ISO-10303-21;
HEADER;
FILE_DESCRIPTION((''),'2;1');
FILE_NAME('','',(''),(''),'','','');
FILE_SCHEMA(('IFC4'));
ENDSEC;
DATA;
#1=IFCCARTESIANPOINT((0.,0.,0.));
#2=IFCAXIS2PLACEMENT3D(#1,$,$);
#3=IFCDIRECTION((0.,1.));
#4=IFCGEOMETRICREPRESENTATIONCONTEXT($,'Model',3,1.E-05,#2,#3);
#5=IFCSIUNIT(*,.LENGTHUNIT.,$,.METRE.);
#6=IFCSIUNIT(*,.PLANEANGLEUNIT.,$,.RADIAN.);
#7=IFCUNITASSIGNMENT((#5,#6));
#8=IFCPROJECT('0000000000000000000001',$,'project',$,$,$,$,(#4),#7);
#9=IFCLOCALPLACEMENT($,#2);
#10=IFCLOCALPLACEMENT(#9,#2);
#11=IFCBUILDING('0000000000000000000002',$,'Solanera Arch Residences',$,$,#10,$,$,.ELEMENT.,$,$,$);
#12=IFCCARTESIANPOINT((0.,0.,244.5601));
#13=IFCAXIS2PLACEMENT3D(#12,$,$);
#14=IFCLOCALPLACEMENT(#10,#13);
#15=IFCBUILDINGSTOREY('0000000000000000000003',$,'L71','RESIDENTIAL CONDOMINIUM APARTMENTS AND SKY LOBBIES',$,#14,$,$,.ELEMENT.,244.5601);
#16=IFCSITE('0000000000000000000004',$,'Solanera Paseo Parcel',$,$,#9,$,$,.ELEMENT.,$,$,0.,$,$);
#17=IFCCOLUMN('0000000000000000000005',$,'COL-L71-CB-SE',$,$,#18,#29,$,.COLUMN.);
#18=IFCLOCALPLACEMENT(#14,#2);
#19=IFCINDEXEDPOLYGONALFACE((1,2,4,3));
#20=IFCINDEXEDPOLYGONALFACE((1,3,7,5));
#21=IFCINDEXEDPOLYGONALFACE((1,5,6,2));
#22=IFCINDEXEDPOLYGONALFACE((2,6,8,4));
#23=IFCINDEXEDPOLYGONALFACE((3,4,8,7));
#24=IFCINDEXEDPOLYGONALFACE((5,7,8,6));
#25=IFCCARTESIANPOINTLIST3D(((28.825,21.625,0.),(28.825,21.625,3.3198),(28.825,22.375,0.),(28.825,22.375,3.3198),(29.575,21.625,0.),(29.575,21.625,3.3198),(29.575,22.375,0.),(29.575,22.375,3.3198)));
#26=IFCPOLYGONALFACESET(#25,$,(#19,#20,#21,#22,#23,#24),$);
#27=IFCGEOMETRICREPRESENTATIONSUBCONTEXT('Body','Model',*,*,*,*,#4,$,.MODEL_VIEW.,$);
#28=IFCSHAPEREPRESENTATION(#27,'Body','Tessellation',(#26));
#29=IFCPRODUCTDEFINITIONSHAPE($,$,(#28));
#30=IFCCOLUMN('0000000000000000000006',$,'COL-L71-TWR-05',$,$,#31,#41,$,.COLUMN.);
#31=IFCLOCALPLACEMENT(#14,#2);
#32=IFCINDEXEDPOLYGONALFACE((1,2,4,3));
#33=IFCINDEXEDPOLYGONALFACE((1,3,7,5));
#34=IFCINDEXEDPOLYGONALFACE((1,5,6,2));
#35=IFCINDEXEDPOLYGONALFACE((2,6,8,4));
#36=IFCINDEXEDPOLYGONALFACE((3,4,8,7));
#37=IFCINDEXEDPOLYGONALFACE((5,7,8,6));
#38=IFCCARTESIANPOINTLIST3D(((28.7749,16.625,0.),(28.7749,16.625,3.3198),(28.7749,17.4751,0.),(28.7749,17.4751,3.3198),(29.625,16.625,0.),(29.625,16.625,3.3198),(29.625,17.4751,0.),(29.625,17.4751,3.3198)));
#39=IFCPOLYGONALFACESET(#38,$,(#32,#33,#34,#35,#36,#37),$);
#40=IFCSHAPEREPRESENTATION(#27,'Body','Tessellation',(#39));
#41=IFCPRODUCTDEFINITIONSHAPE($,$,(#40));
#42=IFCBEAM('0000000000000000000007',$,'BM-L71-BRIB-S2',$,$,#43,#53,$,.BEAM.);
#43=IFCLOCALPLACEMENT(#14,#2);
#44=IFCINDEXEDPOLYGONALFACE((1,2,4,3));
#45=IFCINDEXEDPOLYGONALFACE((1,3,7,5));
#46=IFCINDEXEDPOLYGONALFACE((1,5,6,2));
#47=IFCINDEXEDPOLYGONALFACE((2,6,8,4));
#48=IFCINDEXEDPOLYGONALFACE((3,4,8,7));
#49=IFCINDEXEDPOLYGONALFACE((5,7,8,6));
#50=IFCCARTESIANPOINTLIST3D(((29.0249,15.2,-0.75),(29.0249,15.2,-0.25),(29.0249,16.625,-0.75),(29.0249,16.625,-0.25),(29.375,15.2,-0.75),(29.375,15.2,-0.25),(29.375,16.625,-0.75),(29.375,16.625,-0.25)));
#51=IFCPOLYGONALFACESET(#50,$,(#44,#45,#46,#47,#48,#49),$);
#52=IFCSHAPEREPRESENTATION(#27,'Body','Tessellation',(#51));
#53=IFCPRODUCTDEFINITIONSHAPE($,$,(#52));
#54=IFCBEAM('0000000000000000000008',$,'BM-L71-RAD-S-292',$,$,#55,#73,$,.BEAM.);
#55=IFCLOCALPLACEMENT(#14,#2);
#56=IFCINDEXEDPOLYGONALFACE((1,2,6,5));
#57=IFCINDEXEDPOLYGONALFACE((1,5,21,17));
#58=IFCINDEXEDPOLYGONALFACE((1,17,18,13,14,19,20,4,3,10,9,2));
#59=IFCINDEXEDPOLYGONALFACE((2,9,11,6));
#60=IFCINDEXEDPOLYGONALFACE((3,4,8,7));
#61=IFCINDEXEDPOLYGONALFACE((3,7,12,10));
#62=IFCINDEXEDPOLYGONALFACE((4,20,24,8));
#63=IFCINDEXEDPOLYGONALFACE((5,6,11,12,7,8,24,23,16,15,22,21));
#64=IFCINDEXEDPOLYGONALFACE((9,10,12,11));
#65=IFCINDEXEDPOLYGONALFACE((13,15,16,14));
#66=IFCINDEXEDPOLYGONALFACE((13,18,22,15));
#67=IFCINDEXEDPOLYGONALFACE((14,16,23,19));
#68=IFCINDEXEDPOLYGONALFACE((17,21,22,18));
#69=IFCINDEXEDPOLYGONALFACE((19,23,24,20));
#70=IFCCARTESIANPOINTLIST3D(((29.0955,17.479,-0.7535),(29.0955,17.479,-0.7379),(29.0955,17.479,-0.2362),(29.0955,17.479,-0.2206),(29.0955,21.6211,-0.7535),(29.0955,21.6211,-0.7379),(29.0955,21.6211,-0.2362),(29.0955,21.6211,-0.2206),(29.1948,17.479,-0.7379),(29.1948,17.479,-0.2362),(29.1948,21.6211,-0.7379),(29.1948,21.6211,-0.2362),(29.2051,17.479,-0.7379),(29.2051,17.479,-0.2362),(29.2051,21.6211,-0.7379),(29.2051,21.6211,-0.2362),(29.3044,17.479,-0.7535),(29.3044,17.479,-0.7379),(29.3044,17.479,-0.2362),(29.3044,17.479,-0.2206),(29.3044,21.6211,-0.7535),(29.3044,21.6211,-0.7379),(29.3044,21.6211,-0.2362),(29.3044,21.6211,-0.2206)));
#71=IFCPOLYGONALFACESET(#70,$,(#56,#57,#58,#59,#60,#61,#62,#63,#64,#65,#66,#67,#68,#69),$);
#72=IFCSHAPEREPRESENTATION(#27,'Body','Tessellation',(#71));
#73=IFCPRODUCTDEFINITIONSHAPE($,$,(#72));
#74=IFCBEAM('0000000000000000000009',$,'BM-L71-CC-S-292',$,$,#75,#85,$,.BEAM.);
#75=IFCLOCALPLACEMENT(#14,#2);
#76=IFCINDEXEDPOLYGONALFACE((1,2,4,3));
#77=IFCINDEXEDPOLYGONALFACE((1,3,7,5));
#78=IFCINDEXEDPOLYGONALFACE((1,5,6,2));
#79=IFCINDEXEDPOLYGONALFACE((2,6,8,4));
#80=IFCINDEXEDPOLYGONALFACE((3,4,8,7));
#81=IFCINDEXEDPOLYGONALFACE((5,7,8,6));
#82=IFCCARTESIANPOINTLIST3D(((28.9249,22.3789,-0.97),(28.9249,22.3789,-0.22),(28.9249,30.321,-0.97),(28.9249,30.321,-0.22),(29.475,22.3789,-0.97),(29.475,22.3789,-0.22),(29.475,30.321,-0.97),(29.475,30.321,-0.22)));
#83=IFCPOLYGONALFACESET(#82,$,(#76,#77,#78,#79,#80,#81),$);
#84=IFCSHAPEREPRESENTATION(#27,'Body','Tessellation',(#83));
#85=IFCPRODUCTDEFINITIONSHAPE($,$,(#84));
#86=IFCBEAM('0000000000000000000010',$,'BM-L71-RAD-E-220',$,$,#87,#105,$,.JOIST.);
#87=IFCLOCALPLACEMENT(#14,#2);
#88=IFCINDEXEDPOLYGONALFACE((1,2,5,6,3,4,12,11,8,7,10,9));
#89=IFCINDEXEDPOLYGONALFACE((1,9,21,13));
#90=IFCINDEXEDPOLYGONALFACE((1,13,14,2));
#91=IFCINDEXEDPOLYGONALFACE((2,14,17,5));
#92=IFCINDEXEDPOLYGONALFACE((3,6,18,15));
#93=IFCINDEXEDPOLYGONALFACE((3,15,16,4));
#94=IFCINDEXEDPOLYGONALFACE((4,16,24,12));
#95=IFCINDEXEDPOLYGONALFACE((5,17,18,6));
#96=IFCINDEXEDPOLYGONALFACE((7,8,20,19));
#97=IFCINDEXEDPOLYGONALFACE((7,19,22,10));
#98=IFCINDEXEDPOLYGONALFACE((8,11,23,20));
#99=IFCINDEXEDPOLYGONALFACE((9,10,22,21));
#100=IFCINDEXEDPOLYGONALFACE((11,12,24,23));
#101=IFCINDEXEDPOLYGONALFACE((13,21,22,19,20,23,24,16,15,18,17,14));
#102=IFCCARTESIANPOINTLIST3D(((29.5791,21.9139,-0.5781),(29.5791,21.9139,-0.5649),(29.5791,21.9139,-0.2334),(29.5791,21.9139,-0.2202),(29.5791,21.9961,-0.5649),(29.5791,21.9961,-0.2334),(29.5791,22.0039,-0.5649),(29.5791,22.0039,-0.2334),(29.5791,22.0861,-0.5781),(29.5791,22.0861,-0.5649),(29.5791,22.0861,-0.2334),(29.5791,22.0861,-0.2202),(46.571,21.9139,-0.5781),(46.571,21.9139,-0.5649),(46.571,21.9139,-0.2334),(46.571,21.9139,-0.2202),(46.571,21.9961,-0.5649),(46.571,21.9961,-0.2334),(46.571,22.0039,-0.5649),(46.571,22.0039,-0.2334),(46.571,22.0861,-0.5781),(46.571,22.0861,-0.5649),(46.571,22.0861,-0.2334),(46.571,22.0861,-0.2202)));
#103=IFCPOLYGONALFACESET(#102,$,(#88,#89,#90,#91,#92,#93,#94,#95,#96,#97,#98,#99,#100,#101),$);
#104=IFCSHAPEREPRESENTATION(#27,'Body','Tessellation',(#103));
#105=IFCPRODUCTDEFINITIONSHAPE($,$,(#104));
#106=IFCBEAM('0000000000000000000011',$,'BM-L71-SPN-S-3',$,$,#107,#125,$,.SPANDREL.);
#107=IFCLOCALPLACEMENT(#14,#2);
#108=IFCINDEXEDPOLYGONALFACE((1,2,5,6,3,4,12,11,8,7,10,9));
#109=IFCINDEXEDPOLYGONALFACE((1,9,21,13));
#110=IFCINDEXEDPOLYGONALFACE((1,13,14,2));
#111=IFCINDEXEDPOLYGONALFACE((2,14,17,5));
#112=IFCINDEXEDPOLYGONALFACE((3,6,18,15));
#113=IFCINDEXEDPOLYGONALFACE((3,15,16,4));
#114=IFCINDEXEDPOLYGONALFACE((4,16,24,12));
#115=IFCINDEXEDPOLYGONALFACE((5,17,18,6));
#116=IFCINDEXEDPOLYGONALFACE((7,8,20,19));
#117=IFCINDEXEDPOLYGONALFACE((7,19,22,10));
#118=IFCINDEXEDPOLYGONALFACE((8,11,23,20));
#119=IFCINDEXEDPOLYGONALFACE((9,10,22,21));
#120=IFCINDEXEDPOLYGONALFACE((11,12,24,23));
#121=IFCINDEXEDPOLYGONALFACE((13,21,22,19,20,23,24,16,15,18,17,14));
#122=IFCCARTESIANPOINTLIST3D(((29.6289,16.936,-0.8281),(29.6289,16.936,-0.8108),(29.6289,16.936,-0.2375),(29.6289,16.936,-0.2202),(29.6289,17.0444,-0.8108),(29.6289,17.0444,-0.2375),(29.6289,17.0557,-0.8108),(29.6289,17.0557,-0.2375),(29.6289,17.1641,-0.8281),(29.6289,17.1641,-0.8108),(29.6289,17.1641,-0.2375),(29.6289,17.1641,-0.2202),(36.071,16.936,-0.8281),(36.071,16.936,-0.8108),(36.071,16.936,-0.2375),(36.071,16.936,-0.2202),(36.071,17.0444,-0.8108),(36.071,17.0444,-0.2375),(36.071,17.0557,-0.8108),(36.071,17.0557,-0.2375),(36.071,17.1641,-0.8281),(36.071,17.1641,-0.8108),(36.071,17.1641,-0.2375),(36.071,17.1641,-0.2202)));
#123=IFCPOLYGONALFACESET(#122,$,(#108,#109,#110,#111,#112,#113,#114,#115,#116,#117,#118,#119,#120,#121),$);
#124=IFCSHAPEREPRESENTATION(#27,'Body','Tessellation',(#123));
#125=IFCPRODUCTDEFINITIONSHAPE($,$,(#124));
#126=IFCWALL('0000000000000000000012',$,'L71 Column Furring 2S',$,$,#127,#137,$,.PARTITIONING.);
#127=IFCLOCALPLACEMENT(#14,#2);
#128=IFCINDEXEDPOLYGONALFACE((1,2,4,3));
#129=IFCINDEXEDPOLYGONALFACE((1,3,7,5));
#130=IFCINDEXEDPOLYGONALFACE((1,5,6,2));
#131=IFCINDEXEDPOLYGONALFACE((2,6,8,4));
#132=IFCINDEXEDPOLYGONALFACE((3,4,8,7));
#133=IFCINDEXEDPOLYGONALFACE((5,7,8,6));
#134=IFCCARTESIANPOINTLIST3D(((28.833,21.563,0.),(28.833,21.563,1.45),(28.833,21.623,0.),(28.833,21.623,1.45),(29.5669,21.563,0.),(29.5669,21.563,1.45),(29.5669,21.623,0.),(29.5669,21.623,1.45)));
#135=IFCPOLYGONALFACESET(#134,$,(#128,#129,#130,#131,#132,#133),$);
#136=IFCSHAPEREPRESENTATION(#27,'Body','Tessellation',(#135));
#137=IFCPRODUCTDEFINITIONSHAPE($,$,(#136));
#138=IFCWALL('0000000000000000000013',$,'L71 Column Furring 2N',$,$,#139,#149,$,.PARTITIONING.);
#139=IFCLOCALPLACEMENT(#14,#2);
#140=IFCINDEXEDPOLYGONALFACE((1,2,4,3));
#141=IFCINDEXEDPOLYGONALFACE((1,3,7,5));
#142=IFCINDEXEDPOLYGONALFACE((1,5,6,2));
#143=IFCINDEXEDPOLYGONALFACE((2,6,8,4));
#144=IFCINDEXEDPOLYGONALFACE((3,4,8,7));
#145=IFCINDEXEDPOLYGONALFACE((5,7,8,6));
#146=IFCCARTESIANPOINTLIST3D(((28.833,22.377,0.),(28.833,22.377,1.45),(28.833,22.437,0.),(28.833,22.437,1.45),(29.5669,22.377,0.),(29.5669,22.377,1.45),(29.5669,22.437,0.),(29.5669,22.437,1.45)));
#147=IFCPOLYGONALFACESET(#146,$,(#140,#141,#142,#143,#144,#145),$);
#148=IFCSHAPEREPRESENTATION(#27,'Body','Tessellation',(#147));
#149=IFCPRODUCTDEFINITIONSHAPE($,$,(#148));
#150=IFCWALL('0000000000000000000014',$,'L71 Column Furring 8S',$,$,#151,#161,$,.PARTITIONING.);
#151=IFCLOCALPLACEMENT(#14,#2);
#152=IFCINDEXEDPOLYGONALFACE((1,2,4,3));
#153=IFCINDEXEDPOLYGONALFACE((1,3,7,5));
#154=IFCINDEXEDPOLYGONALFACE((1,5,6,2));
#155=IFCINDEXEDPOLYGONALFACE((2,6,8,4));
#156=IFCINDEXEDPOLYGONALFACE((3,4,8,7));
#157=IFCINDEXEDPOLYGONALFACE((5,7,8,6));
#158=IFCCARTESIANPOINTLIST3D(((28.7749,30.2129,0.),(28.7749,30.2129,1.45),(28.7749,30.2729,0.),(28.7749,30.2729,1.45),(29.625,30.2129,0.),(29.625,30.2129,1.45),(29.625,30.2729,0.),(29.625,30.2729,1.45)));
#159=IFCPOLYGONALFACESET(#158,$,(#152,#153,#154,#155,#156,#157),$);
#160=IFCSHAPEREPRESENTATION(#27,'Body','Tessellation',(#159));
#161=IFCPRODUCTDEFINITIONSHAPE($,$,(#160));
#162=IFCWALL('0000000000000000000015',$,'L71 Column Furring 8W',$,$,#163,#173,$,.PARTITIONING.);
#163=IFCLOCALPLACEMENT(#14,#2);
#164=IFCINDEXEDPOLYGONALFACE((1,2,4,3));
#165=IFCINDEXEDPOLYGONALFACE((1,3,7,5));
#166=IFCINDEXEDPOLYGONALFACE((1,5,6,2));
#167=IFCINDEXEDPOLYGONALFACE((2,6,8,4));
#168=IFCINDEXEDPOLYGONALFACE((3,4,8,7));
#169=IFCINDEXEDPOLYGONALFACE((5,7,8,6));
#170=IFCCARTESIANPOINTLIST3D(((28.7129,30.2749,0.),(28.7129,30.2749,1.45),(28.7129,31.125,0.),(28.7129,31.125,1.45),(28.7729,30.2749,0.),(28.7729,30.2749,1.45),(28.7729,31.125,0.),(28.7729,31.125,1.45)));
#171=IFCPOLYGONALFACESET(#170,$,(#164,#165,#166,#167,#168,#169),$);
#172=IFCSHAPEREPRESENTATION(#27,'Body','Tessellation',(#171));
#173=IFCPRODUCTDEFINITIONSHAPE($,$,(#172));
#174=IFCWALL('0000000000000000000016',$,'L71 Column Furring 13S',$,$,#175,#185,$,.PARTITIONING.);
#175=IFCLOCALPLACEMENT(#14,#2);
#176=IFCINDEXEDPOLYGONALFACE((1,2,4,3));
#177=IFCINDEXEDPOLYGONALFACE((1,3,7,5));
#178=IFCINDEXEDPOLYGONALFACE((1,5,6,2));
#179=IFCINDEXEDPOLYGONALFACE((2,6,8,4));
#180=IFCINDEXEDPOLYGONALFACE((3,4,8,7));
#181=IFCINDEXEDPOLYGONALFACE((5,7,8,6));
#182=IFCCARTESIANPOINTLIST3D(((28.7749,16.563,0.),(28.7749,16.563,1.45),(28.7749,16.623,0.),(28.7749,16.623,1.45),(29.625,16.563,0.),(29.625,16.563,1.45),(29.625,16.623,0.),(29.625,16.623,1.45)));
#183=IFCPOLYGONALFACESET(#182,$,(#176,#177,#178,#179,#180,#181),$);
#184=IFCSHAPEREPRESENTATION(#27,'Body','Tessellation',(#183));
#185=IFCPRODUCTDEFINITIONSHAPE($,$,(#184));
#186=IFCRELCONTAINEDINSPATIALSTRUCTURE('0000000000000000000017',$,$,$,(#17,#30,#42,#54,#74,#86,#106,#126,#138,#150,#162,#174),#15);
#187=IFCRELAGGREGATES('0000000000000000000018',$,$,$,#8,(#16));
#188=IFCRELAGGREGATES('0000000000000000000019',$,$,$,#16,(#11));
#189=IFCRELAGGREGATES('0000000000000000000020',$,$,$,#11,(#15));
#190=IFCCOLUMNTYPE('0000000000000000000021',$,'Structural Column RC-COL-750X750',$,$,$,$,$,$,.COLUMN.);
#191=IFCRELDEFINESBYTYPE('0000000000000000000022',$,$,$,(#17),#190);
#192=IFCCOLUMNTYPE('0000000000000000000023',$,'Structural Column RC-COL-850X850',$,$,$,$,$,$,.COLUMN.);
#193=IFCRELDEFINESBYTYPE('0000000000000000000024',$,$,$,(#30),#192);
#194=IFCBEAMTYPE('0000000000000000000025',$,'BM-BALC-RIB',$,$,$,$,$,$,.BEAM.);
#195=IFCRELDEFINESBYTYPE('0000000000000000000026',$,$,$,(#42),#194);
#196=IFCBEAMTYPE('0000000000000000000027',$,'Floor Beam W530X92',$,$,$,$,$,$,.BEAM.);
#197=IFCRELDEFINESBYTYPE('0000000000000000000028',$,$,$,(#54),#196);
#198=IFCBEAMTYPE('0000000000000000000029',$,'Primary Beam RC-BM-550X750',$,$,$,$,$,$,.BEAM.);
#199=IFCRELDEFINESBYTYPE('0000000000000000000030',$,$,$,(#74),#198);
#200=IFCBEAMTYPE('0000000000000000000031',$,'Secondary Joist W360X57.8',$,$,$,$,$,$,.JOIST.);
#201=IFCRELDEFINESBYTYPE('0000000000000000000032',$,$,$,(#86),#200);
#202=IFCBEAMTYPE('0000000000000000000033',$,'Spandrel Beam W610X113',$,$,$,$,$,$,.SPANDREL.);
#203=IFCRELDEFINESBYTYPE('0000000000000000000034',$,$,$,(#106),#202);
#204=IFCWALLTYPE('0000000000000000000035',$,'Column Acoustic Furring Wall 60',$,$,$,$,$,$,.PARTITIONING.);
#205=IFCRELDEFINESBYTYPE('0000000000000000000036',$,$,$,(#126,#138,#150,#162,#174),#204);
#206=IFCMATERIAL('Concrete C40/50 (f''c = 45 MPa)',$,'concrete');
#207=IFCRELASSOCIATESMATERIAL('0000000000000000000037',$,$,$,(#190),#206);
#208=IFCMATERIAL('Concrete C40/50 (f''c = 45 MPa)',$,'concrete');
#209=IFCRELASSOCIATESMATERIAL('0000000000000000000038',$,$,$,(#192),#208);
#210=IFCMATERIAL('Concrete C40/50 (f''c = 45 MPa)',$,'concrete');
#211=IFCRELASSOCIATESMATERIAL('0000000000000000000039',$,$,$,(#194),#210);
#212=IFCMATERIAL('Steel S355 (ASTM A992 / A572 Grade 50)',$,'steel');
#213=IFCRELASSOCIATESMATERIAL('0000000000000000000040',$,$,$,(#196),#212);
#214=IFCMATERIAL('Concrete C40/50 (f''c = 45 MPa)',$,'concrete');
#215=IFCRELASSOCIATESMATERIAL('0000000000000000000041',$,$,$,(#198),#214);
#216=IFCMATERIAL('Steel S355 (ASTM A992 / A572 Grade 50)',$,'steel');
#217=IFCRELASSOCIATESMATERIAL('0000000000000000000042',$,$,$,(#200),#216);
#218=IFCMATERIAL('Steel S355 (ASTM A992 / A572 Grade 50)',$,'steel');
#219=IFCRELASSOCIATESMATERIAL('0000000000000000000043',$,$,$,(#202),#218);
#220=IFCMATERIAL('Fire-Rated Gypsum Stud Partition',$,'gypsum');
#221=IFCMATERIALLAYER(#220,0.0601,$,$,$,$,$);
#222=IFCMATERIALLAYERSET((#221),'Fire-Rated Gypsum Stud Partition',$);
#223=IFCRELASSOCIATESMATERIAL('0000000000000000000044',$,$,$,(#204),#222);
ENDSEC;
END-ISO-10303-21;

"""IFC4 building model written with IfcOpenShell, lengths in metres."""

from ifc_helpers import new_model, si_unit, direction, frame, frame_2d, origin, origin_2d, place, context, subcontext, project, spatial, rectangle, i_section, extrude, material, layer, layer_set, material_profile, profile_set, type_object, element, save


model = new_model("IFC4")

# Units and contexts
model_context = context("Model", 3, precision=1e-05, world=origin(), true_north=direction((0.0, 1.0)))
body_context = subcontext(model_context, "Body", "Model", "MODEL_VIEW")
ifc_project = project(units=[si_unit("LENGTHUNIT", "METRE"), si_unit("PLANEANGLEUNIT", "RADIAN")], contexts=[model_context])

# Site, building, storey
site_placement = place(None, origin())
site = spatial("IfcSite", under=ifc_project, at=site_placement, Name="Solanera Paseo Parcel", CompositionType="ELEMENT", RefElevation=0.0)
building_placement = place(site_placement, origin())
building = spatial("IfcBuilding", under=site, at=building_placement, Name="Solanera Arch Residences", CompositionType="ELEMENT")
storey_placement = place(building_placement, frame((0.0, 0.0, 244.5601)))
storey = spatial("IfcBuildingStorey", under=building, at=storey_placement, Name="L71", Description="RESIDENTIAL CONDOMINIUM APARTMENTS AND SKY LOBBIES", CompositionType="ELEMENT", Elevation=244.5601)

# Columns
ifc_material_1 = material(Name="Concrete C40/50 (f'c = 45 MPa)", Category="concrete")
ifc_material_profile_1 = material_profile(ifc_material_1, rectangle(XDim=0.75, YDim=0.75, at=origin_2d()))
ifc_profile_set_1 = profile_set([ifc_material_profile_1], Name="Concrete C40/50 (f'c = 45 MPa)")
column_type_1 = type_object("IfcColumnType", Name="Structural Column RC-COL-750X750", PredefinedType="COLUMN", material=ifc_profile_set_1)
column_1_placement = place(storey_placement, frame((29.2, 22.0, 0.0), z_axis=(0.0, 0.0, 1.0), x_axis=(1.0, 0.0, 0.0)))
element("IfcColumn", 1, at=column_1_placement, inside=storey, type_object=column_type_1, Name="COL-L71-CB-SE", PredefinedType="COLUMN", context=body_context, shape_type="SweptSolid", body=[
    extrude(rectangle(XDim=0.75, YDim=0.75, at=origin_2d()), origin(), (0.0, 0.0, 1.0), 3.3198),
])
ifc_material_2 = material(Name="Concrete C40/50 (f'c = 45 MPa)", Category="concrete")
ifc_material_profile_2 = material_profile(ifc_material_2, rectangle(XDim=0.8501, YDim=0.8501, at=origin_2d()))
ifc_profile_set_2 = profile_set([ifc_material_profile_2], Name="Concrete C40/50 (f'c = 45 MPa)")
column_type_2 = type_object("IfcColumnType", Name="Structural Column RC-COL-850X850", PredefinedType="COLUMN", material=ifc_profile_set_2)
column_2_placement = place(storey_placement, frame((29.2, 17.05, 0.0), z_axis=(0.0, 0.0, 1.0), x_axis=(1.0, 0.0, 0.0)))
element("IfcColumn", 2, at=column_2_placement, inside=storey, type_object=column_type_2, Name="COL-L71-TWR-05", PredefinedType="COLUMN", context=body_context, shape_type="SweptSolid", body=[
    extrude(rectangle(XDim=0.8501, YDim=0.8501, at=origin_2d()), origin(), (0.0, 0.0, 1.0), 3.3198),
])

# Beams
ifc_material_3 = material(Name="Concrete C40/50 (f'c = 45 MPa)", Category="concrete")
ifc_material_profile_3 = material_profile(ifc_material_3, rectangle(XDim=0.3501, YDim=0.5, at=origin_2d()))
ifc_profile_set_3 = profile_set([ifc_material_profile_3], Name="Concrete C40/50 (f'c = 45 MPa)")
beam_type_1 = type_object("IfcBeamType", Name="BM-BALC-RIB", PredefinedType="BEAM", material=ifc_profile_set_3)
beam_1_placement = place(storey_placement, frame((29.2, 15.2, -0.5), z_axis=(0.0, 1.0, 0.0), x_axis=(-1.0, 0.0, 0.0)))
element("IfcBeam", 3, at=beam_1_placement, inside=storey, type_object=beam_type_1, Name="BM-L71-BRIB-S2", PredefinedType="BEAM", context=body_context, shape_type="SweptSolid", body=[
    extrude(rectangle(XDim=0.3501, YDim=0.5, at=origin_2d()), origin(), (0.0, 0.0, 1.0), 1.425),
])
ifc_material_4 = material(Name="Steel S355 (ASTM A992 / A572 Grade 50)", Category="steel")
ifc_material_profile_4 = material_profile(ifc_material_4, i_section(OverallWidth=0.209, OverallDepth=0.533, WebThickness=0.0103, FlangeThickness=0.0156, at=origin_2d()))
ifc_profile_set_4 = profile_set([ifc_material_profile_4], Name="Steel S355 (ASTM A992 / A572 Grade 50)")
beam_type_2 = type_object("IfcBeamType", Name="Floor Beam W530X92", PredefinedType="BEAM", material=ifc_profile_set_4)
beam_2_placement = place(storey_placement, frame((29.2, 17.479, -0.4871), z_axis=(0.0, 1.0, 0.0), x_axis=(-1.0, 0.0, 0.0)))
element("IfcBeam", 4, at=beam_2_placement, inside=storey, type_object=beam_type_2, Name="BM-L71-RAD-S-292", PredefinedType="BEAM", context=body_context, shape_type="SweptSolid", body=[
    extrude(i_section(OverallWidth=0.209, OverallDepth=0.533, WebThickness=0.0103, FlangeThickness=0.0156, at=origin_2d()), origin(), (0.0, 0.0, 1.0), 4.1421),
])
ifc_material_5 = material(Name="Concrete C40/50 (f'c = 45 MPa)", Category="concrete")
ifc_material_profile_5 = material_profile(ifc_material_5, rectangle(XDim=0.55, YDim=0.75, at=origin_2d()))
ifc_profile_set_5 = profile_set([ifc_material_profile_5], Name="Concrete C40/50 (f'c = 45 MPa)")
beam_type_3 = type_object("IfcBeamType", Name="Primary Beam RC-BM-550X750", PredefinedType="BEAM", material=ifc_profile_set_5)
beam_3_placement = place(storey_placement, frame((29.2, 22.3789, -0.595), z_axis=(0.0, 1.0, 0.0), x_axis=(-1.0, 0.0, 0.0)))
element("IfcBeam", 5, at=beam_3_placement, inside=storey, type_object=beam_type_3, Name="BM-L71-CC-S-292", PredefinedType="BEAM", context=body_context, shape_type="SweptSolid", body=[
    extrude(rectangle(XDim=0.55, YDim=0.75, at=origin_2d()), origin(), (0.0, 0.0, 1.0), 7.9421),
])
ifc_material_6 = material(Name="Steel S355 (ASTM A992 / A572 Grade 50)", Category="steel")
ifc_material_profile_6 = material_profile(ifc_material_6, i_section(OverallWidth=0.1721, OverallDepth=0.3579, WebThickness=0.0078, FlangeThickness=0.0132, at=origin_2d()))
ifc_profile_set_6 = profile_set([ifc_material_profile_6], Name="Steel S355 (ASTM A992 / A572 Grade 50)")
beam_type_4 = type_object("IfcBeamType", Name="Secondary Joist W360X57.8", PredefinedType="JOIST", material=ifc_profile_set_6)
beam_4_placement = place(storey_placement, frame((29.5791, 22.0, -0.3992), z_axis=(1.0, 0.0, 0.0), x_axis=(0.0, 1.0, 0.0)))
element("IfcBeam", 6, at=beam_4_placement, inside=storey, type_object=beam_type_4, Name="BM-L71-RAD-E-220", PredefinedType="JOIST", context=body_context, shape_type="SweptSolid", body=[
    extrude(i_section(OverallWidth=0.1721, OverallDepth=0.3579, WebThickness=0.0078, FlangeThickness=0.0132, at=origin_2d()), origin(), (0.0, 0.0, 1.0), 16.9919),
])
ifc_material_7 = material(Name="Steel S355 (ASTM A992 / A572 Grade 50)", Category="steel")
ifc_material_profile_7 = material_profile(ifc_material_7, i_section(OverallWidth=0.228, OverallDepth=0.6079, WebThickness=0.0112, FlangeThickness=0.0173, at=origin_2d()))
ifc_profile_set_7 = profile_set([ifc_material_profile_7], Name="Steel S355 (ASTM A992 / A572 Grade 50)")
beam_type_5 = type_object("IfcBeamType", Name="Spandrel Beam W610X113", PredefinedType="SPANDREL", material=ifc_profile_set_7)
beam_5_placement = place(storey_placement, frame((29.6289, 17.05, -0.5242), z_axis=(1.0, 0.0, 0.0), x_axis=(0.0, 1.0, 0.0)))
element("IfcBeam", 7, at=beam_5_placement, inside=storey, type_object=beam_type_5, Name="BM-L71-SPN-S-3", PredefinedType="SPANDREL", context=body_context, shape_type="SweptSolid", body=[
    extrude(i_section(OverallWidth=0.228, OverallDepth=0.6079, WebThickness=0.0112, FlangeThickness=0.0173, at=origin_2d()), origin(), (0.0, 0.0, 1.0), 6.4421),
])

# Walls
ifc_material_8 = material(Name="Fire-Rated Gypsum Stud Partition", Category="gypsum")
ifc_layer_1 = layer(ifc_material_8, 0.0601)
ifc_layer_set_1 = layer_set([ifc_layer_1], Name="Fire-Rated Gypsum Stud Partition")
wall_type_1 = type_object("IfcWallType", Name="Column Acoustic Furring Wall 60", PredefinedType="PARTITIONING", material=ifc_layer_set_1)
for number, where, z_axis, x_axis, name in (
    (8, (28.833, 21.593, 0.0), (0.0, 0.0, 1.0), (1.0, 0.0, 0.0), "L71 Column Furring 2S"),
    (9, (28.833, 22.407, 0.0), (0.0, 0.0, 1.0), (1.0, 0.0, 0.0), "L71 Column Furring 2N"),
):
    element("IfcWall", number, at=place(storey_placement, frame(where, z_axis=z_axis, x_axis=x_axis)), inside=storey, type_object=wall_type_1, Name=name, PredefinedType="PARTITIONING", context=body_context, shape_type="SweptSolid", body=[
        extrude(rectangle(XDim=0.7339, YDim=0.0601, at=frame_2d((0.3669, 0.0))), origin(), (0.0, 0.0, 1.0), 1.45),
    ])
for number, where, z_axis, x_axis, name in (
    (10, (28.7749, 30.2429, 0.0), (0.0, 0.0, 1.0), (1.0, 0.0, 0.0), "L71 Column Furring 8S"),
    (11, (28.7429, 30.2749, 0.0), (0.0, 0.0, 1.0), (0.0, 1.0, 0.0), "L71 Column Furring 8W"),
    (12, (28.7749, 16.593, 0.0), (0.0, 0.0, 1.0), (1.0, 0.0, 0.0), "L71 Column Furring 13S"),
):
    element("IfcWall", number, at=place(storey_placement, frame(where, z_axis=z_axis, x_axis=x_axis)), inside=storey, type_object=wall_type_1, Name=name, PredefinedType="PARTITIONING", context=body_context, shape_type="SweptSolid", body=[
        extrude(rectangle(XDim=0.8501, YDim=0.0601, at=frame_2d((0.425, 0.0))), origin(), (0.0, 0.0, 1.0), 1.45),
    ])

save(model, "model.ifc")
